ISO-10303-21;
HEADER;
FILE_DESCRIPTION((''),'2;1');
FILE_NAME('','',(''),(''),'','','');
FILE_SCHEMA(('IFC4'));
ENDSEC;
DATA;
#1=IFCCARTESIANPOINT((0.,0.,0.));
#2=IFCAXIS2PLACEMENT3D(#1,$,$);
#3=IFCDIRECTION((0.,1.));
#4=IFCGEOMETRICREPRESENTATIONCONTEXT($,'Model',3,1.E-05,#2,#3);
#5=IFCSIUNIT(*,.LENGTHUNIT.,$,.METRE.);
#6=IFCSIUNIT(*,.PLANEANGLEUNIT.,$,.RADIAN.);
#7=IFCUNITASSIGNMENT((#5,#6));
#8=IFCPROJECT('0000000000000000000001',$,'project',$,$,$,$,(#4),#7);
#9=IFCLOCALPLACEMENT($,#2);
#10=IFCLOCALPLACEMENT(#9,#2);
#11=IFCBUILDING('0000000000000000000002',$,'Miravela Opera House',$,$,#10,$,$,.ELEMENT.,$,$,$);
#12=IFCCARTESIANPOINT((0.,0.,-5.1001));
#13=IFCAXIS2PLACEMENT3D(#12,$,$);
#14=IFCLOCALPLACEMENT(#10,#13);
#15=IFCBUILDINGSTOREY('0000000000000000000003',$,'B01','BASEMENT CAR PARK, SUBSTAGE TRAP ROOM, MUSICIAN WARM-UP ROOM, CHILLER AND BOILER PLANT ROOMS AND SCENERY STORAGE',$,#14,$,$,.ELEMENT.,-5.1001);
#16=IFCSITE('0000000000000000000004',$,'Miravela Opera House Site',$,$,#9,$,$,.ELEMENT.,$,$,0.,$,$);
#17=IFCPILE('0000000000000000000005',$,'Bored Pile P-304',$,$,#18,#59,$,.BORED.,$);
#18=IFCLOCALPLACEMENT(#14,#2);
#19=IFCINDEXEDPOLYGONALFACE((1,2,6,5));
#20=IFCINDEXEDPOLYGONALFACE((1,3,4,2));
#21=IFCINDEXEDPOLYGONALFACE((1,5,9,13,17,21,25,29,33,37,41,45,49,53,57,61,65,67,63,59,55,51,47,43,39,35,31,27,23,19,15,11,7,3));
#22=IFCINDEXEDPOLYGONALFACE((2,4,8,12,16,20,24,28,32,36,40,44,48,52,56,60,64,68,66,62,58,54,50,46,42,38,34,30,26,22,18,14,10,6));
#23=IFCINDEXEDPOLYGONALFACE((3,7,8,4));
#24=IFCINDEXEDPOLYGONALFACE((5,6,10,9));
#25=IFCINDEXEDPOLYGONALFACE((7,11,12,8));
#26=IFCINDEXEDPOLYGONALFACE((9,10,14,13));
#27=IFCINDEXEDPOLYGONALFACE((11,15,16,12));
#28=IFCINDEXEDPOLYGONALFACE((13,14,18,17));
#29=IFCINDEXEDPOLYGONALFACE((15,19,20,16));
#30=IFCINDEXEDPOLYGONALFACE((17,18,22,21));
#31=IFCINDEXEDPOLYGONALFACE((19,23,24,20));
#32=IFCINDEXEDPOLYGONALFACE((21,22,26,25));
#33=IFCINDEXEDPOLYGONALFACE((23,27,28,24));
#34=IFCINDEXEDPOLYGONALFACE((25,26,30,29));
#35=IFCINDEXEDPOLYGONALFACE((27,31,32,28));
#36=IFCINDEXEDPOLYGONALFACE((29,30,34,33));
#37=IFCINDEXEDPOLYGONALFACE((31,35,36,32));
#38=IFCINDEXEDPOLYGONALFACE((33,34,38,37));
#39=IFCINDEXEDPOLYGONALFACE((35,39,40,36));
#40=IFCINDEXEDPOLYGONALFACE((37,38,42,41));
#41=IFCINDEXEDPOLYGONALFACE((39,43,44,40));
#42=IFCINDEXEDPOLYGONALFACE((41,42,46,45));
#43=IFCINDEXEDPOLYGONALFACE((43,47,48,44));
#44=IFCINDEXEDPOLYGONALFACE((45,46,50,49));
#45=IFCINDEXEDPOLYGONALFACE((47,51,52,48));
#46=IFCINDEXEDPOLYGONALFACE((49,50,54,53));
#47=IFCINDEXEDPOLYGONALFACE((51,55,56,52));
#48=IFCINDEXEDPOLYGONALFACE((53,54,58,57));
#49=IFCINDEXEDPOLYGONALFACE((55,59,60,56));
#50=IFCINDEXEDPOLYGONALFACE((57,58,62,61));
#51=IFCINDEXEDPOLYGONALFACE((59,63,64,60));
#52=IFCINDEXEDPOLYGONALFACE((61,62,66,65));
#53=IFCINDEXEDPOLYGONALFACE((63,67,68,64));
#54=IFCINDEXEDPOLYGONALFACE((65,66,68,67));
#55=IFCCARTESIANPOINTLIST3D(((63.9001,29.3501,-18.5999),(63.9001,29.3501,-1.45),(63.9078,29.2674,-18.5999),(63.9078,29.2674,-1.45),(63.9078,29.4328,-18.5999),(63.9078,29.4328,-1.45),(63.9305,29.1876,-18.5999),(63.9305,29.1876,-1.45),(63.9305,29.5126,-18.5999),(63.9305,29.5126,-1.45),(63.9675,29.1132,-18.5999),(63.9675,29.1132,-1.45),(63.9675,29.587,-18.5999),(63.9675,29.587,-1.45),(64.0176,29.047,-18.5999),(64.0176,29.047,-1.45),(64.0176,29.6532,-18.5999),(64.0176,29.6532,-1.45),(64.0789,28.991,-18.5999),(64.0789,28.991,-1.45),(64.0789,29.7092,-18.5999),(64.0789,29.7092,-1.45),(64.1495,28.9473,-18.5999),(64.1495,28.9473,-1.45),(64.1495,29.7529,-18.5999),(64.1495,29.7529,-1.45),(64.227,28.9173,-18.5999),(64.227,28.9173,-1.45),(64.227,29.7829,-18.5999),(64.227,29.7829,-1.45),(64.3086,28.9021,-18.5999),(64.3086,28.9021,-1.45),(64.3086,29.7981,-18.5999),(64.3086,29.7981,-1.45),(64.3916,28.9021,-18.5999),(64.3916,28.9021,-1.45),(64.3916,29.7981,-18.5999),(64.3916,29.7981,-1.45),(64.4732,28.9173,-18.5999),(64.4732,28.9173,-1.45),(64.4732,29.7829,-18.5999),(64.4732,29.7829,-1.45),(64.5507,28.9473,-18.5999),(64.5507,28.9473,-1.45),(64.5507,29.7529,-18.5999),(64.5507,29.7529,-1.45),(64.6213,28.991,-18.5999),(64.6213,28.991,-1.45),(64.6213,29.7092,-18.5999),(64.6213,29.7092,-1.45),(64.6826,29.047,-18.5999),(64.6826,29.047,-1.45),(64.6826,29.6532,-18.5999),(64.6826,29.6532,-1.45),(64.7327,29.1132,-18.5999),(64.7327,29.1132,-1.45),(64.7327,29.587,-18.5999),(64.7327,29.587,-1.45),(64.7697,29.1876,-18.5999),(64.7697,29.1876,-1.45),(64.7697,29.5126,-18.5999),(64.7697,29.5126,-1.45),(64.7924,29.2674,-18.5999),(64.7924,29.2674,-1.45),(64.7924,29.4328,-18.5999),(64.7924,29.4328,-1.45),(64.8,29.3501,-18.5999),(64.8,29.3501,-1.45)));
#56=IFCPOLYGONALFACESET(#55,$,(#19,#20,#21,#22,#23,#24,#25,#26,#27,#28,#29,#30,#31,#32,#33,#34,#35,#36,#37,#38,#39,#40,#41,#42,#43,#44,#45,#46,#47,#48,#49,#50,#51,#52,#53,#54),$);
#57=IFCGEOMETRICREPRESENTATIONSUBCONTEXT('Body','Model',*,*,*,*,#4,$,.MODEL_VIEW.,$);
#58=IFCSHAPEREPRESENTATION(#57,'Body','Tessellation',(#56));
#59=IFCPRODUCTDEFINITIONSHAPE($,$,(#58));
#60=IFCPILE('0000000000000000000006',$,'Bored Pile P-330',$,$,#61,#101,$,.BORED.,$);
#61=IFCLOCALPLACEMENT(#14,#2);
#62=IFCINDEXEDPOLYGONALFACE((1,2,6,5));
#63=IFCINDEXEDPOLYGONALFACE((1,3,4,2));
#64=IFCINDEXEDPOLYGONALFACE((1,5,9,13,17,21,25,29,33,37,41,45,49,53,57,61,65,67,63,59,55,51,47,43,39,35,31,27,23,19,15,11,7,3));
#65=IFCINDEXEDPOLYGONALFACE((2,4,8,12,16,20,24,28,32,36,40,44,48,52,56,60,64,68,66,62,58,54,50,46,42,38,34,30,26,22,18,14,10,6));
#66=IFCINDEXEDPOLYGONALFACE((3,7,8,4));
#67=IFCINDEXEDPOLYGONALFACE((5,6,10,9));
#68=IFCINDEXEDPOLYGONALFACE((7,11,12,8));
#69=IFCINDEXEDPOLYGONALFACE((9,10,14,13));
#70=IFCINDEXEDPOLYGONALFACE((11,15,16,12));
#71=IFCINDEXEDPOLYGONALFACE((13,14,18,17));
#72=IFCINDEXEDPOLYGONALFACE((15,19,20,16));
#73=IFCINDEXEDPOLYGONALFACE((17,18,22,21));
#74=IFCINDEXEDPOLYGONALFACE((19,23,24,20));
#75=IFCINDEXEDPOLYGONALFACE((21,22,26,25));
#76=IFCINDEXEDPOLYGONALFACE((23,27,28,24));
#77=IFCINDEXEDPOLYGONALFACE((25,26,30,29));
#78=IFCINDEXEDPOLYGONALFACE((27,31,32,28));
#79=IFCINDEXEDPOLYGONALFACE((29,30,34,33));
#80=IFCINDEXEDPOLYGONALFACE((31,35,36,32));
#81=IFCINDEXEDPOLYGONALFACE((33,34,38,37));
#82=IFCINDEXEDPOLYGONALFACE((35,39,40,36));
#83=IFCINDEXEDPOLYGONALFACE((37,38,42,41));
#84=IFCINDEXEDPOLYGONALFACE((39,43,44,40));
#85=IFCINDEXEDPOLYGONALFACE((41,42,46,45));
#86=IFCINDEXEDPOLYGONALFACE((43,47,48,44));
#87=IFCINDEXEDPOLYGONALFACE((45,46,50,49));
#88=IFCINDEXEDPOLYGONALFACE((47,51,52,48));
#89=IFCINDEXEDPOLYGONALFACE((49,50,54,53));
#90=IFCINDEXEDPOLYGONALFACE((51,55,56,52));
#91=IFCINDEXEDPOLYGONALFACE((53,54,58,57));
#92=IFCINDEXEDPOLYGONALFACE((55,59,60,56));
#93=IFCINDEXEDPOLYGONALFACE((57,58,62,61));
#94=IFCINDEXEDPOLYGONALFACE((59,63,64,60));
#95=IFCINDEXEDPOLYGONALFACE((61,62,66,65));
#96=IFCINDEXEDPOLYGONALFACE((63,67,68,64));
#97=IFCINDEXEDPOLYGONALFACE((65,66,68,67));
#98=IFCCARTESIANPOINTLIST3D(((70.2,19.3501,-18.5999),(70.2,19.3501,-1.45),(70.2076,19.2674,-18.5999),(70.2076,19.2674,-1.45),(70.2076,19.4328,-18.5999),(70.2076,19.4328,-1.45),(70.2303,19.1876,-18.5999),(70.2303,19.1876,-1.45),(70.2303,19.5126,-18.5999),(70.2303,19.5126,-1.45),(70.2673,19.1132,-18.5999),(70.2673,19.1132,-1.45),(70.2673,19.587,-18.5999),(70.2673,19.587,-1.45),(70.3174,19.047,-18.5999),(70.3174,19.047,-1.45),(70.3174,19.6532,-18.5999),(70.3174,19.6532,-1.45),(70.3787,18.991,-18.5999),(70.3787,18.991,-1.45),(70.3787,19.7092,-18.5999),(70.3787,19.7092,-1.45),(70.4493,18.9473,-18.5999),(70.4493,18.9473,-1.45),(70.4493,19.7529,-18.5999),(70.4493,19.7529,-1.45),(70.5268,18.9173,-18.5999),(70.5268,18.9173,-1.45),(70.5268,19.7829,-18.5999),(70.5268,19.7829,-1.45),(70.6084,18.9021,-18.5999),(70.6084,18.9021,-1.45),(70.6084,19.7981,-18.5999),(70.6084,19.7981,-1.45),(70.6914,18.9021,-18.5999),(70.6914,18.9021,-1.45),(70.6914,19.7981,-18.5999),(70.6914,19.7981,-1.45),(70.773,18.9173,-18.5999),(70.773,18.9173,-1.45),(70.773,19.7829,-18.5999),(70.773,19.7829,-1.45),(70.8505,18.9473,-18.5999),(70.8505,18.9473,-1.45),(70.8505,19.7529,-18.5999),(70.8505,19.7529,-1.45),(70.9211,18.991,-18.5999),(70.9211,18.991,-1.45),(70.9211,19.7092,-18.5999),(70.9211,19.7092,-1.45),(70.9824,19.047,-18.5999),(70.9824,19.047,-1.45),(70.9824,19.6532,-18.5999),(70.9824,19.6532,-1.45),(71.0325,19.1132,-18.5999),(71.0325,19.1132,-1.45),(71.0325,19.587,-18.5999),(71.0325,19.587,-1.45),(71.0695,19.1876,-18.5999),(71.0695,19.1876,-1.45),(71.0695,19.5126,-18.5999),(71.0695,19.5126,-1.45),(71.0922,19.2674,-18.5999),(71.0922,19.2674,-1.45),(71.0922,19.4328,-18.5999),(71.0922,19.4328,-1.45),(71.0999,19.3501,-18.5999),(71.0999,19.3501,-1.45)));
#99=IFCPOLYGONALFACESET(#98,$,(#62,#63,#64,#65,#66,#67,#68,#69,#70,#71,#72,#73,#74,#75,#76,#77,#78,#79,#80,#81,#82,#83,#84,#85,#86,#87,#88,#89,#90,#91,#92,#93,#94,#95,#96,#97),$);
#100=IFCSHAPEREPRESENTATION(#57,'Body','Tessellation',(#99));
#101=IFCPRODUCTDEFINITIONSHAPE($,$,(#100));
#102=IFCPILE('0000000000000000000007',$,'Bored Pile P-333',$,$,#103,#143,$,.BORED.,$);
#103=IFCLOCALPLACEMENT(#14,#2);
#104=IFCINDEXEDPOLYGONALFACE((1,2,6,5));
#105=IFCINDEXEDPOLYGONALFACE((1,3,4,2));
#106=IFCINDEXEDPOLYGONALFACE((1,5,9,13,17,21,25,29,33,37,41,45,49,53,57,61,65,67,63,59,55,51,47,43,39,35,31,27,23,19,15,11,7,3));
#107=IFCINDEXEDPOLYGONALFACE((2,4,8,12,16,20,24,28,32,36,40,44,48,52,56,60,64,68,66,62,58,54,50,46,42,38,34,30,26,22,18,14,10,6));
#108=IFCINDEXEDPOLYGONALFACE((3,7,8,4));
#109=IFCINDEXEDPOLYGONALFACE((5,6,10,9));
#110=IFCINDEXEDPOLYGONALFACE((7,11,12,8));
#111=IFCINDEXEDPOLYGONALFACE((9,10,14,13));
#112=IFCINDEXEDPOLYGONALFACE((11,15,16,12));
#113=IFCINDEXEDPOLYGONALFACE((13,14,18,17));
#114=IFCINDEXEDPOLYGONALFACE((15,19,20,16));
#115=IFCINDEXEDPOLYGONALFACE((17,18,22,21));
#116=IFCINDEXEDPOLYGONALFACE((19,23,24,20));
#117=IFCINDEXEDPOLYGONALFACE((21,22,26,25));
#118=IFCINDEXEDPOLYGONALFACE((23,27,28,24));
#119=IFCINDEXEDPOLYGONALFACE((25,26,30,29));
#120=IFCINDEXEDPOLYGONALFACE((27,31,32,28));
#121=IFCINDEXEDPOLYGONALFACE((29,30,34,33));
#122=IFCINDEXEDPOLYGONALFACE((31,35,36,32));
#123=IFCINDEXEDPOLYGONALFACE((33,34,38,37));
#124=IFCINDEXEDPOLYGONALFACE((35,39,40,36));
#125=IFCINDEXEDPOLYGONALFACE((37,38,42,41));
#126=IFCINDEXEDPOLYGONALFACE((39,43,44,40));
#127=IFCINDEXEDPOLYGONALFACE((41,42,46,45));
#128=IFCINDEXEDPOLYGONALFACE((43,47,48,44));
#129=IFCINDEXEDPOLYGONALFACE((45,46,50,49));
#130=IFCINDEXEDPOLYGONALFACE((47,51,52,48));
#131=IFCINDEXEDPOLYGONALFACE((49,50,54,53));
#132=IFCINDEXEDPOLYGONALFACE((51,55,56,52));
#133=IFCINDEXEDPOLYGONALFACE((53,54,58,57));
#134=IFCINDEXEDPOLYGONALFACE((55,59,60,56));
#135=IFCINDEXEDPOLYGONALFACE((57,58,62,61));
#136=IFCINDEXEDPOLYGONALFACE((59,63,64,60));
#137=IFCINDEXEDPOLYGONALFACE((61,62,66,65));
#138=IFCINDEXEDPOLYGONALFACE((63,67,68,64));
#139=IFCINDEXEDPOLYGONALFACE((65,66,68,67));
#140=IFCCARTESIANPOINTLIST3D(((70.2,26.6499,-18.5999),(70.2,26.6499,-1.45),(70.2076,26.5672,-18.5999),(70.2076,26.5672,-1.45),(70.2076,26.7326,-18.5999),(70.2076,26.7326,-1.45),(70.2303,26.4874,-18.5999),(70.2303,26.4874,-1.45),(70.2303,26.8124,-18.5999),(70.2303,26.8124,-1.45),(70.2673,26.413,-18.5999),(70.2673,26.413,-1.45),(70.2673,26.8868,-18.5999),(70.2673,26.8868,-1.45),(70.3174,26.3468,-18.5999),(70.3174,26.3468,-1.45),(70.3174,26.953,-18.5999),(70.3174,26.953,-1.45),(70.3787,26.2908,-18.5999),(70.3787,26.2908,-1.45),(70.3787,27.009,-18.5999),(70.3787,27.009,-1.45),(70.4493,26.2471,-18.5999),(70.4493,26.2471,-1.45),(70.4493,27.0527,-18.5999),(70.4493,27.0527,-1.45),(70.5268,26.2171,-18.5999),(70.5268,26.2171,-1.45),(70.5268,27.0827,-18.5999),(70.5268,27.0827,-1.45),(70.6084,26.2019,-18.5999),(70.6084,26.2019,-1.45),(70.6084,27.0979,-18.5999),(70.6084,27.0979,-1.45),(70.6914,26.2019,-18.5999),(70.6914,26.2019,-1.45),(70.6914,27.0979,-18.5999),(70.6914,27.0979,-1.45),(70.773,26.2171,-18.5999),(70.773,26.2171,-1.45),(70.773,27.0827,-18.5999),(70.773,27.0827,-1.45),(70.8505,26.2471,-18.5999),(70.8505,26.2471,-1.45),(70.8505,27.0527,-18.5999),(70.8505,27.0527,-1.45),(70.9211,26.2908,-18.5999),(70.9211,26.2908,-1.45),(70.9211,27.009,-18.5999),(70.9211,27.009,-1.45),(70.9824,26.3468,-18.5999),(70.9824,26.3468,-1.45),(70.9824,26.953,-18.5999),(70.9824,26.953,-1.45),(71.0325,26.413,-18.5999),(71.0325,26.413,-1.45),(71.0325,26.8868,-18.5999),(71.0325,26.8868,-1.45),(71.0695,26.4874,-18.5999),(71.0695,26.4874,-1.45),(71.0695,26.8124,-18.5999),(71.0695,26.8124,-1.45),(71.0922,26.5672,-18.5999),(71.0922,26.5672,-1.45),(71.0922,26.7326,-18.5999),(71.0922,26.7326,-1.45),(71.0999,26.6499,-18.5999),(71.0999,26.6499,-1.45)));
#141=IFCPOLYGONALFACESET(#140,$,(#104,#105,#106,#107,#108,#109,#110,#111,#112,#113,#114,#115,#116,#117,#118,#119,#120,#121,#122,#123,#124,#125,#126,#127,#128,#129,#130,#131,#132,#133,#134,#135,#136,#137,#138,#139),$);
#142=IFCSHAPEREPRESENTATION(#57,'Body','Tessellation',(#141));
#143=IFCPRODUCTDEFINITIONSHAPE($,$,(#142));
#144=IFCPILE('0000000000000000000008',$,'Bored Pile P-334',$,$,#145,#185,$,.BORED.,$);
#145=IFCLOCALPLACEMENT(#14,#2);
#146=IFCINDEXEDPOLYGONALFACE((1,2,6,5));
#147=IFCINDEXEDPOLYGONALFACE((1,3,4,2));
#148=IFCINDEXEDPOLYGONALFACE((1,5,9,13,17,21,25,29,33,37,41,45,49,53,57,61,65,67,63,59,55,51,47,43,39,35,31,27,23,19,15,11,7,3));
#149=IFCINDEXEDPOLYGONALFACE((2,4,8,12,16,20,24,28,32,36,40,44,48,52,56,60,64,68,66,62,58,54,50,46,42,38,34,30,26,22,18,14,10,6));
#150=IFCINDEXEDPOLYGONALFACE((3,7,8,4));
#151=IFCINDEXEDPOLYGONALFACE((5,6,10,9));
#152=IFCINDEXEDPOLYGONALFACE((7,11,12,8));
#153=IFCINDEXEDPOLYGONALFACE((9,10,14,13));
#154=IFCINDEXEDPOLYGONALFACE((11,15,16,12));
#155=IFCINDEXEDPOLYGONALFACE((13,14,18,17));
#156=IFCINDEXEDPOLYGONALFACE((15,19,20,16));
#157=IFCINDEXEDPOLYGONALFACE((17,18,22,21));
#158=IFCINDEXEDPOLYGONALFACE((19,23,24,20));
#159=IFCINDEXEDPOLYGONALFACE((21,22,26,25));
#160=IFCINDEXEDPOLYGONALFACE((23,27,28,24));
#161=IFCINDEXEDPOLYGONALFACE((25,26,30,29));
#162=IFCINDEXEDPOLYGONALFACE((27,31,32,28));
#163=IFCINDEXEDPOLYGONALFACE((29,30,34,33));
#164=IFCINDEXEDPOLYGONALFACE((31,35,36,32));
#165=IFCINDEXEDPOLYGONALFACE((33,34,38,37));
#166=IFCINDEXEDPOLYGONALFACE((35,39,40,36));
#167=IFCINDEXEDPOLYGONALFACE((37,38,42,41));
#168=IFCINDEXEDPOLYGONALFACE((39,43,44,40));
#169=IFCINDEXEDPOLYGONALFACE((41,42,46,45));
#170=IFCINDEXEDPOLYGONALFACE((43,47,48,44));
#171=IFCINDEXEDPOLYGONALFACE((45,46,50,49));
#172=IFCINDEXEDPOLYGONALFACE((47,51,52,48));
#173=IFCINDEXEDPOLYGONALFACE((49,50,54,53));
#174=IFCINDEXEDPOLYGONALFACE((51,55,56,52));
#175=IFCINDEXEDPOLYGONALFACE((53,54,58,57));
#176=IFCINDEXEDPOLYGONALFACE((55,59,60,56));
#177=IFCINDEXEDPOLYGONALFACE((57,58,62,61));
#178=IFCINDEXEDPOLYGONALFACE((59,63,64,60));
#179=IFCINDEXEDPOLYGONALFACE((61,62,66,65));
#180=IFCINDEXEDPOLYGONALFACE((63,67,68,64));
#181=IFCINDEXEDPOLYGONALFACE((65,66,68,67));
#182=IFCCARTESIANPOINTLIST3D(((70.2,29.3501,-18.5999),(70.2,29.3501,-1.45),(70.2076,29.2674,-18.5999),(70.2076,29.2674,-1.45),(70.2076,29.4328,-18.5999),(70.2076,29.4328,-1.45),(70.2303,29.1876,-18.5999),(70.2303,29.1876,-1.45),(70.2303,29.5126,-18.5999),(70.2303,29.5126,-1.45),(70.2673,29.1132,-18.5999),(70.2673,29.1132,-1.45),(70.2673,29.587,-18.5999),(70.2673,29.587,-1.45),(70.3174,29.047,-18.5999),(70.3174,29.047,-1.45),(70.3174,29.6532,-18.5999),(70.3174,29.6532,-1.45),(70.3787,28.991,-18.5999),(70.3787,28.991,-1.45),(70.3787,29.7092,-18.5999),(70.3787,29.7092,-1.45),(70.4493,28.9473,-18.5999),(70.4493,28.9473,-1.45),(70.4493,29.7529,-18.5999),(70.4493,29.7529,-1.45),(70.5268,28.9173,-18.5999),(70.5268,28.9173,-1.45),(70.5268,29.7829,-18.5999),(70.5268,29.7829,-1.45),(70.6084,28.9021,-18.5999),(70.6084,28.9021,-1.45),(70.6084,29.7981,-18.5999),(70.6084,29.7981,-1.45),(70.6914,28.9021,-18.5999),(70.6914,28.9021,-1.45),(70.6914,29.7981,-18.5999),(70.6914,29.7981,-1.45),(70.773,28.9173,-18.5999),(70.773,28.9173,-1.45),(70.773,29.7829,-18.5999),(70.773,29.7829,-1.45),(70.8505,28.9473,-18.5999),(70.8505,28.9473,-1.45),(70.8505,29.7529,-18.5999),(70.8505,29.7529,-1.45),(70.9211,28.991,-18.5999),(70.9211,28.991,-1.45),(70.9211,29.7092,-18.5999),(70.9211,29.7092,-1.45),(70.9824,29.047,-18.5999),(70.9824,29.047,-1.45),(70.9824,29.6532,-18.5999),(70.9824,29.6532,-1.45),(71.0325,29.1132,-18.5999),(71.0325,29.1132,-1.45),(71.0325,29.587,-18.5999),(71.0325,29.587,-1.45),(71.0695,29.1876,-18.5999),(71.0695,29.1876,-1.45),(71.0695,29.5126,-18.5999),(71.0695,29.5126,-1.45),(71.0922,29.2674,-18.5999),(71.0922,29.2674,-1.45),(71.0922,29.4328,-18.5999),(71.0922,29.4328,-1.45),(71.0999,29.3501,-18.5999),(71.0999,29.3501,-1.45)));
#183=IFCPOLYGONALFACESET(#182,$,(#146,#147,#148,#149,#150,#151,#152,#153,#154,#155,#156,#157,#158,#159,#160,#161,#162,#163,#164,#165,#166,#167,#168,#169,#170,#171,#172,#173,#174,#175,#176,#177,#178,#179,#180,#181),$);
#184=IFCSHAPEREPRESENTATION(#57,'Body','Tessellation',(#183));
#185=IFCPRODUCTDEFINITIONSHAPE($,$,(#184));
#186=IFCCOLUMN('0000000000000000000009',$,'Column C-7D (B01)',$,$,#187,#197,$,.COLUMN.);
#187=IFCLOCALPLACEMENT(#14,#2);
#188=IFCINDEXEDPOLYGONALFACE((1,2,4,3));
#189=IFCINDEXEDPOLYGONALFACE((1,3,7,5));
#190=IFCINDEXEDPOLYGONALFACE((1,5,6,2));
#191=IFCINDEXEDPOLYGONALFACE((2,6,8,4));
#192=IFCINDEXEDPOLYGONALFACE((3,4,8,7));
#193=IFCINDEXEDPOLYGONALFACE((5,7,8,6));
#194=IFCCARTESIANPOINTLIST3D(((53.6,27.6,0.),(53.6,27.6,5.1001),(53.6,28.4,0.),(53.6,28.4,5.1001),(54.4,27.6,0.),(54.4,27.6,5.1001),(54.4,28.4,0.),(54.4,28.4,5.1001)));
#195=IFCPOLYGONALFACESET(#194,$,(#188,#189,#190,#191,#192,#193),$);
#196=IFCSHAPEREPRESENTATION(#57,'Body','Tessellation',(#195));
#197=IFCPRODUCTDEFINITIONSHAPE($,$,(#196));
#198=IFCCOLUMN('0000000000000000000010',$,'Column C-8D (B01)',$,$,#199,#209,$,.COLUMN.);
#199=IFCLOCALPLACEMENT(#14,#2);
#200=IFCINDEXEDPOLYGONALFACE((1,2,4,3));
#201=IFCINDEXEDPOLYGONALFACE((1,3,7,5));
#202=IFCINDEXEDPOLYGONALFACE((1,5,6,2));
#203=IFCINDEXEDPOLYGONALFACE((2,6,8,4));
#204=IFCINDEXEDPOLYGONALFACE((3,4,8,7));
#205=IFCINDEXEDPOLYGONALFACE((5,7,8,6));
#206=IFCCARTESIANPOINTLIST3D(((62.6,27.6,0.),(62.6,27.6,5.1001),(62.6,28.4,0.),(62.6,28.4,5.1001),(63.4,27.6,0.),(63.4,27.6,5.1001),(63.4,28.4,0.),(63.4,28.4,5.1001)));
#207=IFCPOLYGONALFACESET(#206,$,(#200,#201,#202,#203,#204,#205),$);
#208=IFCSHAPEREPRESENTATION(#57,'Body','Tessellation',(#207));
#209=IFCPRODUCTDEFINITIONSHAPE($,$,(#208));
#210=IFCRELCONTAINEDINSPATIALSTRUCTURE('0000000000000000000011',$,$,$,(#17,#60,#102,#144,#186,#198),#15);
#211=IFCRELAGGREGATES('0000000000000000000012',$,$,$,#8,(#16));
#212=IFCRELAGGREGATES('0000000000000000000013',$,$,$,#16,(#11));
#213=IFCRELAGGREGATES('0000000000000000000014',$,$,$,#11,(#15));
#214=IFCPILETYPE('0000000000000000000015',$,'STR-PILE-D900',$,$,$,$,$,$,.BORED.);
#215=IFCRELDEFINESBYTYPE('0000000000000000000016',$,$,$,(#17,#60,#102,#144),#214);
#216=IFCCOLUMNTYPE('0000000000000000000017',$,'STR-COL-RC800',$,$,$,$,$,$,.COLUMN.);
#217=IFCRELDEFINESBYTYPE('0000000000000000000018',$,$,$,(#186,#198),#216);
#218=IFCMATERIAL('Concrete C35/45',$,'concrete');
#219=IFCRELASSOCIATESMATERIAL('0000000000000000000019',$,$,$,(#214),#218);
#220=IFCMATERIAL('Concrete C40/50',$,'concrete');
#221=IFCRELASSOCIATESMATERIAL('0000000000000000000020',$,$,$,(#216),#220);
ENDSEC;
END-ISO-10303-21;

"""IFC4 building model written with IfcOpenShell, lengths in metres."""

from ifc_helpers import new_model, si_unit, direction, frame, origin, origin_2d, place, context, subcontext, project, spatial, rectangle, circle, extrude, material, material_profile, profile_set, type_object, element, save


model = new_model("IFC4")

# Units and contexts
model_context = context("Model", 3, precision=1e-05, world=origin(), true_north=direction((0.0, 1.0)))
body_context = subcontext(model_context, "Body", "Model", "MODEL_VIEW")
ifc_project = project(units=[si_unit("LENGTHUNIT", "METRE"), si_unit("PLANEANGLEUNIT", "RADIAN")], contexts=[model_context])

# Site, building, storey
site_placement = place(None, origin())
site = spatial("IfcSite", under=ifc_project, at=site_placement, Name="Miravela Opera House Site", CompositionType="ELEMENT", RefElevation=0.0)
building_placement = place(site_placement, origin())
building = spatial("IfcBuilding", under=site, at=building_placement, Name="Miravela Opera House", CompositionType="ELEMENT")
storey_placement = place(building_placement, frame((0.0, 0.0, -5.1001)))
storey = spatial("IfcBuildingStorey", under=building, at=storey_placement, Name="B01", Description="BASEMENT CAR PARK, SUBSTAGE TRAP ROOM, MUSICIAN WARM-UP ROOM, CHILLER AND BOILER PLANT ROOMS AND SCENERY STORAGE", CompositionType="ELEMENT", Elevation=-5.1001)

# Shared definitions
ifc_material_1 = material(Name="Concrete C35/45", Category="concrete")

# Piles
ifc_material_profile_1 = material_profile(ifc_material_1, circle(Radius=0.45, at=origin_2d()), Name="PILE-D900")
ifc_profile_set_1 = profile_set([ifc_material_profile_1])
pile_type_1 = type_object("IfcPileType", Name="STR-PILE-D900", PredefinedType="BORED", material=ifc_profile_set_1)
for number, where, z_axis, x_axis, name in (
    (1, (64.3501, 29.3501, -1.45), (0.0, 0.0, -1.0), (1.0, 0.0, 0.0), "Bored Pile P-304"),
    (2, (70.6499, 19.3501, -1.45), (0.0, 0.0, -1.0), (1.0, 0.0, 0.0), "Bored Pile P-330"),
    (3, (70.6499, 26.6499, -1.45), (0.0, 0.0, -1.0), (1.0, 0.0, 0.0), "Bored Pile P-333"),
    (4, (70.6499, 29.3501, -1.45), (0.0, 0.0, -1.0), (1.0, 0.0, 0.0), "Bored Pile P-334"),
):
    element("IfcPile", number, at=place(storey_placement, frame(where, z_axis=z_axis, x_axis=x_axis)), inside=storey, type_object=pile_type_1, Name=name, PredefinedType="BORED", context=body_context, shape_type="SweptSolid", body=[
        extrude(circle(Radius=0.45, at=origin_2d()), origin(), (0.0, 0.0, 1.0), 17.1499),
    ])

# Columns
ifc_material_2 = material(Name="Concrete C40/50", Category="concrete")
ifc_material_profile_2 = material_profile(ifc_material_2, rectangle(XDim=0.8, YDim=0.8, at=origin_2d()), Name="RC-COL-800X800")
ifc_profile_set_2 = profile_set([ifc_material_profile_2])
column_type_1 = type_object("IfcColumnType", Name="STR-COL-RC800", PredefinedType="COLUMN", material=ifc_profile_set_2)
for number, where, z_axis, x_axis, name in (
    (5, (54.0, 28.0, 0.0), (0.0, 0.0, 1.0), (1.0, 0.0, 0.0), "Column C-7D (B01)"),
    (6, (63.0, 28.0, 0.0), (0.0, 0.0, 1.0), (1.0, 0.0, 0.0), "Column C-8D (B01)"),
):
    element("IfcColumn", number, at=place(storey_placement, frame(where, z_axis=z_axis, x_axis=x_axis)), inside=storey, type_object=column_type_1, Name=name, PredefinedType="COLUMN", context=body_context, shape_type="SweptSolid", body=[
        extrude(rectangle(XDim=0.8, YDim=0.8, at=origin_2d()), origin(), (0.0, 0.0, 1.0), 5.1001),
    ])

save(model, "model.ifc")
